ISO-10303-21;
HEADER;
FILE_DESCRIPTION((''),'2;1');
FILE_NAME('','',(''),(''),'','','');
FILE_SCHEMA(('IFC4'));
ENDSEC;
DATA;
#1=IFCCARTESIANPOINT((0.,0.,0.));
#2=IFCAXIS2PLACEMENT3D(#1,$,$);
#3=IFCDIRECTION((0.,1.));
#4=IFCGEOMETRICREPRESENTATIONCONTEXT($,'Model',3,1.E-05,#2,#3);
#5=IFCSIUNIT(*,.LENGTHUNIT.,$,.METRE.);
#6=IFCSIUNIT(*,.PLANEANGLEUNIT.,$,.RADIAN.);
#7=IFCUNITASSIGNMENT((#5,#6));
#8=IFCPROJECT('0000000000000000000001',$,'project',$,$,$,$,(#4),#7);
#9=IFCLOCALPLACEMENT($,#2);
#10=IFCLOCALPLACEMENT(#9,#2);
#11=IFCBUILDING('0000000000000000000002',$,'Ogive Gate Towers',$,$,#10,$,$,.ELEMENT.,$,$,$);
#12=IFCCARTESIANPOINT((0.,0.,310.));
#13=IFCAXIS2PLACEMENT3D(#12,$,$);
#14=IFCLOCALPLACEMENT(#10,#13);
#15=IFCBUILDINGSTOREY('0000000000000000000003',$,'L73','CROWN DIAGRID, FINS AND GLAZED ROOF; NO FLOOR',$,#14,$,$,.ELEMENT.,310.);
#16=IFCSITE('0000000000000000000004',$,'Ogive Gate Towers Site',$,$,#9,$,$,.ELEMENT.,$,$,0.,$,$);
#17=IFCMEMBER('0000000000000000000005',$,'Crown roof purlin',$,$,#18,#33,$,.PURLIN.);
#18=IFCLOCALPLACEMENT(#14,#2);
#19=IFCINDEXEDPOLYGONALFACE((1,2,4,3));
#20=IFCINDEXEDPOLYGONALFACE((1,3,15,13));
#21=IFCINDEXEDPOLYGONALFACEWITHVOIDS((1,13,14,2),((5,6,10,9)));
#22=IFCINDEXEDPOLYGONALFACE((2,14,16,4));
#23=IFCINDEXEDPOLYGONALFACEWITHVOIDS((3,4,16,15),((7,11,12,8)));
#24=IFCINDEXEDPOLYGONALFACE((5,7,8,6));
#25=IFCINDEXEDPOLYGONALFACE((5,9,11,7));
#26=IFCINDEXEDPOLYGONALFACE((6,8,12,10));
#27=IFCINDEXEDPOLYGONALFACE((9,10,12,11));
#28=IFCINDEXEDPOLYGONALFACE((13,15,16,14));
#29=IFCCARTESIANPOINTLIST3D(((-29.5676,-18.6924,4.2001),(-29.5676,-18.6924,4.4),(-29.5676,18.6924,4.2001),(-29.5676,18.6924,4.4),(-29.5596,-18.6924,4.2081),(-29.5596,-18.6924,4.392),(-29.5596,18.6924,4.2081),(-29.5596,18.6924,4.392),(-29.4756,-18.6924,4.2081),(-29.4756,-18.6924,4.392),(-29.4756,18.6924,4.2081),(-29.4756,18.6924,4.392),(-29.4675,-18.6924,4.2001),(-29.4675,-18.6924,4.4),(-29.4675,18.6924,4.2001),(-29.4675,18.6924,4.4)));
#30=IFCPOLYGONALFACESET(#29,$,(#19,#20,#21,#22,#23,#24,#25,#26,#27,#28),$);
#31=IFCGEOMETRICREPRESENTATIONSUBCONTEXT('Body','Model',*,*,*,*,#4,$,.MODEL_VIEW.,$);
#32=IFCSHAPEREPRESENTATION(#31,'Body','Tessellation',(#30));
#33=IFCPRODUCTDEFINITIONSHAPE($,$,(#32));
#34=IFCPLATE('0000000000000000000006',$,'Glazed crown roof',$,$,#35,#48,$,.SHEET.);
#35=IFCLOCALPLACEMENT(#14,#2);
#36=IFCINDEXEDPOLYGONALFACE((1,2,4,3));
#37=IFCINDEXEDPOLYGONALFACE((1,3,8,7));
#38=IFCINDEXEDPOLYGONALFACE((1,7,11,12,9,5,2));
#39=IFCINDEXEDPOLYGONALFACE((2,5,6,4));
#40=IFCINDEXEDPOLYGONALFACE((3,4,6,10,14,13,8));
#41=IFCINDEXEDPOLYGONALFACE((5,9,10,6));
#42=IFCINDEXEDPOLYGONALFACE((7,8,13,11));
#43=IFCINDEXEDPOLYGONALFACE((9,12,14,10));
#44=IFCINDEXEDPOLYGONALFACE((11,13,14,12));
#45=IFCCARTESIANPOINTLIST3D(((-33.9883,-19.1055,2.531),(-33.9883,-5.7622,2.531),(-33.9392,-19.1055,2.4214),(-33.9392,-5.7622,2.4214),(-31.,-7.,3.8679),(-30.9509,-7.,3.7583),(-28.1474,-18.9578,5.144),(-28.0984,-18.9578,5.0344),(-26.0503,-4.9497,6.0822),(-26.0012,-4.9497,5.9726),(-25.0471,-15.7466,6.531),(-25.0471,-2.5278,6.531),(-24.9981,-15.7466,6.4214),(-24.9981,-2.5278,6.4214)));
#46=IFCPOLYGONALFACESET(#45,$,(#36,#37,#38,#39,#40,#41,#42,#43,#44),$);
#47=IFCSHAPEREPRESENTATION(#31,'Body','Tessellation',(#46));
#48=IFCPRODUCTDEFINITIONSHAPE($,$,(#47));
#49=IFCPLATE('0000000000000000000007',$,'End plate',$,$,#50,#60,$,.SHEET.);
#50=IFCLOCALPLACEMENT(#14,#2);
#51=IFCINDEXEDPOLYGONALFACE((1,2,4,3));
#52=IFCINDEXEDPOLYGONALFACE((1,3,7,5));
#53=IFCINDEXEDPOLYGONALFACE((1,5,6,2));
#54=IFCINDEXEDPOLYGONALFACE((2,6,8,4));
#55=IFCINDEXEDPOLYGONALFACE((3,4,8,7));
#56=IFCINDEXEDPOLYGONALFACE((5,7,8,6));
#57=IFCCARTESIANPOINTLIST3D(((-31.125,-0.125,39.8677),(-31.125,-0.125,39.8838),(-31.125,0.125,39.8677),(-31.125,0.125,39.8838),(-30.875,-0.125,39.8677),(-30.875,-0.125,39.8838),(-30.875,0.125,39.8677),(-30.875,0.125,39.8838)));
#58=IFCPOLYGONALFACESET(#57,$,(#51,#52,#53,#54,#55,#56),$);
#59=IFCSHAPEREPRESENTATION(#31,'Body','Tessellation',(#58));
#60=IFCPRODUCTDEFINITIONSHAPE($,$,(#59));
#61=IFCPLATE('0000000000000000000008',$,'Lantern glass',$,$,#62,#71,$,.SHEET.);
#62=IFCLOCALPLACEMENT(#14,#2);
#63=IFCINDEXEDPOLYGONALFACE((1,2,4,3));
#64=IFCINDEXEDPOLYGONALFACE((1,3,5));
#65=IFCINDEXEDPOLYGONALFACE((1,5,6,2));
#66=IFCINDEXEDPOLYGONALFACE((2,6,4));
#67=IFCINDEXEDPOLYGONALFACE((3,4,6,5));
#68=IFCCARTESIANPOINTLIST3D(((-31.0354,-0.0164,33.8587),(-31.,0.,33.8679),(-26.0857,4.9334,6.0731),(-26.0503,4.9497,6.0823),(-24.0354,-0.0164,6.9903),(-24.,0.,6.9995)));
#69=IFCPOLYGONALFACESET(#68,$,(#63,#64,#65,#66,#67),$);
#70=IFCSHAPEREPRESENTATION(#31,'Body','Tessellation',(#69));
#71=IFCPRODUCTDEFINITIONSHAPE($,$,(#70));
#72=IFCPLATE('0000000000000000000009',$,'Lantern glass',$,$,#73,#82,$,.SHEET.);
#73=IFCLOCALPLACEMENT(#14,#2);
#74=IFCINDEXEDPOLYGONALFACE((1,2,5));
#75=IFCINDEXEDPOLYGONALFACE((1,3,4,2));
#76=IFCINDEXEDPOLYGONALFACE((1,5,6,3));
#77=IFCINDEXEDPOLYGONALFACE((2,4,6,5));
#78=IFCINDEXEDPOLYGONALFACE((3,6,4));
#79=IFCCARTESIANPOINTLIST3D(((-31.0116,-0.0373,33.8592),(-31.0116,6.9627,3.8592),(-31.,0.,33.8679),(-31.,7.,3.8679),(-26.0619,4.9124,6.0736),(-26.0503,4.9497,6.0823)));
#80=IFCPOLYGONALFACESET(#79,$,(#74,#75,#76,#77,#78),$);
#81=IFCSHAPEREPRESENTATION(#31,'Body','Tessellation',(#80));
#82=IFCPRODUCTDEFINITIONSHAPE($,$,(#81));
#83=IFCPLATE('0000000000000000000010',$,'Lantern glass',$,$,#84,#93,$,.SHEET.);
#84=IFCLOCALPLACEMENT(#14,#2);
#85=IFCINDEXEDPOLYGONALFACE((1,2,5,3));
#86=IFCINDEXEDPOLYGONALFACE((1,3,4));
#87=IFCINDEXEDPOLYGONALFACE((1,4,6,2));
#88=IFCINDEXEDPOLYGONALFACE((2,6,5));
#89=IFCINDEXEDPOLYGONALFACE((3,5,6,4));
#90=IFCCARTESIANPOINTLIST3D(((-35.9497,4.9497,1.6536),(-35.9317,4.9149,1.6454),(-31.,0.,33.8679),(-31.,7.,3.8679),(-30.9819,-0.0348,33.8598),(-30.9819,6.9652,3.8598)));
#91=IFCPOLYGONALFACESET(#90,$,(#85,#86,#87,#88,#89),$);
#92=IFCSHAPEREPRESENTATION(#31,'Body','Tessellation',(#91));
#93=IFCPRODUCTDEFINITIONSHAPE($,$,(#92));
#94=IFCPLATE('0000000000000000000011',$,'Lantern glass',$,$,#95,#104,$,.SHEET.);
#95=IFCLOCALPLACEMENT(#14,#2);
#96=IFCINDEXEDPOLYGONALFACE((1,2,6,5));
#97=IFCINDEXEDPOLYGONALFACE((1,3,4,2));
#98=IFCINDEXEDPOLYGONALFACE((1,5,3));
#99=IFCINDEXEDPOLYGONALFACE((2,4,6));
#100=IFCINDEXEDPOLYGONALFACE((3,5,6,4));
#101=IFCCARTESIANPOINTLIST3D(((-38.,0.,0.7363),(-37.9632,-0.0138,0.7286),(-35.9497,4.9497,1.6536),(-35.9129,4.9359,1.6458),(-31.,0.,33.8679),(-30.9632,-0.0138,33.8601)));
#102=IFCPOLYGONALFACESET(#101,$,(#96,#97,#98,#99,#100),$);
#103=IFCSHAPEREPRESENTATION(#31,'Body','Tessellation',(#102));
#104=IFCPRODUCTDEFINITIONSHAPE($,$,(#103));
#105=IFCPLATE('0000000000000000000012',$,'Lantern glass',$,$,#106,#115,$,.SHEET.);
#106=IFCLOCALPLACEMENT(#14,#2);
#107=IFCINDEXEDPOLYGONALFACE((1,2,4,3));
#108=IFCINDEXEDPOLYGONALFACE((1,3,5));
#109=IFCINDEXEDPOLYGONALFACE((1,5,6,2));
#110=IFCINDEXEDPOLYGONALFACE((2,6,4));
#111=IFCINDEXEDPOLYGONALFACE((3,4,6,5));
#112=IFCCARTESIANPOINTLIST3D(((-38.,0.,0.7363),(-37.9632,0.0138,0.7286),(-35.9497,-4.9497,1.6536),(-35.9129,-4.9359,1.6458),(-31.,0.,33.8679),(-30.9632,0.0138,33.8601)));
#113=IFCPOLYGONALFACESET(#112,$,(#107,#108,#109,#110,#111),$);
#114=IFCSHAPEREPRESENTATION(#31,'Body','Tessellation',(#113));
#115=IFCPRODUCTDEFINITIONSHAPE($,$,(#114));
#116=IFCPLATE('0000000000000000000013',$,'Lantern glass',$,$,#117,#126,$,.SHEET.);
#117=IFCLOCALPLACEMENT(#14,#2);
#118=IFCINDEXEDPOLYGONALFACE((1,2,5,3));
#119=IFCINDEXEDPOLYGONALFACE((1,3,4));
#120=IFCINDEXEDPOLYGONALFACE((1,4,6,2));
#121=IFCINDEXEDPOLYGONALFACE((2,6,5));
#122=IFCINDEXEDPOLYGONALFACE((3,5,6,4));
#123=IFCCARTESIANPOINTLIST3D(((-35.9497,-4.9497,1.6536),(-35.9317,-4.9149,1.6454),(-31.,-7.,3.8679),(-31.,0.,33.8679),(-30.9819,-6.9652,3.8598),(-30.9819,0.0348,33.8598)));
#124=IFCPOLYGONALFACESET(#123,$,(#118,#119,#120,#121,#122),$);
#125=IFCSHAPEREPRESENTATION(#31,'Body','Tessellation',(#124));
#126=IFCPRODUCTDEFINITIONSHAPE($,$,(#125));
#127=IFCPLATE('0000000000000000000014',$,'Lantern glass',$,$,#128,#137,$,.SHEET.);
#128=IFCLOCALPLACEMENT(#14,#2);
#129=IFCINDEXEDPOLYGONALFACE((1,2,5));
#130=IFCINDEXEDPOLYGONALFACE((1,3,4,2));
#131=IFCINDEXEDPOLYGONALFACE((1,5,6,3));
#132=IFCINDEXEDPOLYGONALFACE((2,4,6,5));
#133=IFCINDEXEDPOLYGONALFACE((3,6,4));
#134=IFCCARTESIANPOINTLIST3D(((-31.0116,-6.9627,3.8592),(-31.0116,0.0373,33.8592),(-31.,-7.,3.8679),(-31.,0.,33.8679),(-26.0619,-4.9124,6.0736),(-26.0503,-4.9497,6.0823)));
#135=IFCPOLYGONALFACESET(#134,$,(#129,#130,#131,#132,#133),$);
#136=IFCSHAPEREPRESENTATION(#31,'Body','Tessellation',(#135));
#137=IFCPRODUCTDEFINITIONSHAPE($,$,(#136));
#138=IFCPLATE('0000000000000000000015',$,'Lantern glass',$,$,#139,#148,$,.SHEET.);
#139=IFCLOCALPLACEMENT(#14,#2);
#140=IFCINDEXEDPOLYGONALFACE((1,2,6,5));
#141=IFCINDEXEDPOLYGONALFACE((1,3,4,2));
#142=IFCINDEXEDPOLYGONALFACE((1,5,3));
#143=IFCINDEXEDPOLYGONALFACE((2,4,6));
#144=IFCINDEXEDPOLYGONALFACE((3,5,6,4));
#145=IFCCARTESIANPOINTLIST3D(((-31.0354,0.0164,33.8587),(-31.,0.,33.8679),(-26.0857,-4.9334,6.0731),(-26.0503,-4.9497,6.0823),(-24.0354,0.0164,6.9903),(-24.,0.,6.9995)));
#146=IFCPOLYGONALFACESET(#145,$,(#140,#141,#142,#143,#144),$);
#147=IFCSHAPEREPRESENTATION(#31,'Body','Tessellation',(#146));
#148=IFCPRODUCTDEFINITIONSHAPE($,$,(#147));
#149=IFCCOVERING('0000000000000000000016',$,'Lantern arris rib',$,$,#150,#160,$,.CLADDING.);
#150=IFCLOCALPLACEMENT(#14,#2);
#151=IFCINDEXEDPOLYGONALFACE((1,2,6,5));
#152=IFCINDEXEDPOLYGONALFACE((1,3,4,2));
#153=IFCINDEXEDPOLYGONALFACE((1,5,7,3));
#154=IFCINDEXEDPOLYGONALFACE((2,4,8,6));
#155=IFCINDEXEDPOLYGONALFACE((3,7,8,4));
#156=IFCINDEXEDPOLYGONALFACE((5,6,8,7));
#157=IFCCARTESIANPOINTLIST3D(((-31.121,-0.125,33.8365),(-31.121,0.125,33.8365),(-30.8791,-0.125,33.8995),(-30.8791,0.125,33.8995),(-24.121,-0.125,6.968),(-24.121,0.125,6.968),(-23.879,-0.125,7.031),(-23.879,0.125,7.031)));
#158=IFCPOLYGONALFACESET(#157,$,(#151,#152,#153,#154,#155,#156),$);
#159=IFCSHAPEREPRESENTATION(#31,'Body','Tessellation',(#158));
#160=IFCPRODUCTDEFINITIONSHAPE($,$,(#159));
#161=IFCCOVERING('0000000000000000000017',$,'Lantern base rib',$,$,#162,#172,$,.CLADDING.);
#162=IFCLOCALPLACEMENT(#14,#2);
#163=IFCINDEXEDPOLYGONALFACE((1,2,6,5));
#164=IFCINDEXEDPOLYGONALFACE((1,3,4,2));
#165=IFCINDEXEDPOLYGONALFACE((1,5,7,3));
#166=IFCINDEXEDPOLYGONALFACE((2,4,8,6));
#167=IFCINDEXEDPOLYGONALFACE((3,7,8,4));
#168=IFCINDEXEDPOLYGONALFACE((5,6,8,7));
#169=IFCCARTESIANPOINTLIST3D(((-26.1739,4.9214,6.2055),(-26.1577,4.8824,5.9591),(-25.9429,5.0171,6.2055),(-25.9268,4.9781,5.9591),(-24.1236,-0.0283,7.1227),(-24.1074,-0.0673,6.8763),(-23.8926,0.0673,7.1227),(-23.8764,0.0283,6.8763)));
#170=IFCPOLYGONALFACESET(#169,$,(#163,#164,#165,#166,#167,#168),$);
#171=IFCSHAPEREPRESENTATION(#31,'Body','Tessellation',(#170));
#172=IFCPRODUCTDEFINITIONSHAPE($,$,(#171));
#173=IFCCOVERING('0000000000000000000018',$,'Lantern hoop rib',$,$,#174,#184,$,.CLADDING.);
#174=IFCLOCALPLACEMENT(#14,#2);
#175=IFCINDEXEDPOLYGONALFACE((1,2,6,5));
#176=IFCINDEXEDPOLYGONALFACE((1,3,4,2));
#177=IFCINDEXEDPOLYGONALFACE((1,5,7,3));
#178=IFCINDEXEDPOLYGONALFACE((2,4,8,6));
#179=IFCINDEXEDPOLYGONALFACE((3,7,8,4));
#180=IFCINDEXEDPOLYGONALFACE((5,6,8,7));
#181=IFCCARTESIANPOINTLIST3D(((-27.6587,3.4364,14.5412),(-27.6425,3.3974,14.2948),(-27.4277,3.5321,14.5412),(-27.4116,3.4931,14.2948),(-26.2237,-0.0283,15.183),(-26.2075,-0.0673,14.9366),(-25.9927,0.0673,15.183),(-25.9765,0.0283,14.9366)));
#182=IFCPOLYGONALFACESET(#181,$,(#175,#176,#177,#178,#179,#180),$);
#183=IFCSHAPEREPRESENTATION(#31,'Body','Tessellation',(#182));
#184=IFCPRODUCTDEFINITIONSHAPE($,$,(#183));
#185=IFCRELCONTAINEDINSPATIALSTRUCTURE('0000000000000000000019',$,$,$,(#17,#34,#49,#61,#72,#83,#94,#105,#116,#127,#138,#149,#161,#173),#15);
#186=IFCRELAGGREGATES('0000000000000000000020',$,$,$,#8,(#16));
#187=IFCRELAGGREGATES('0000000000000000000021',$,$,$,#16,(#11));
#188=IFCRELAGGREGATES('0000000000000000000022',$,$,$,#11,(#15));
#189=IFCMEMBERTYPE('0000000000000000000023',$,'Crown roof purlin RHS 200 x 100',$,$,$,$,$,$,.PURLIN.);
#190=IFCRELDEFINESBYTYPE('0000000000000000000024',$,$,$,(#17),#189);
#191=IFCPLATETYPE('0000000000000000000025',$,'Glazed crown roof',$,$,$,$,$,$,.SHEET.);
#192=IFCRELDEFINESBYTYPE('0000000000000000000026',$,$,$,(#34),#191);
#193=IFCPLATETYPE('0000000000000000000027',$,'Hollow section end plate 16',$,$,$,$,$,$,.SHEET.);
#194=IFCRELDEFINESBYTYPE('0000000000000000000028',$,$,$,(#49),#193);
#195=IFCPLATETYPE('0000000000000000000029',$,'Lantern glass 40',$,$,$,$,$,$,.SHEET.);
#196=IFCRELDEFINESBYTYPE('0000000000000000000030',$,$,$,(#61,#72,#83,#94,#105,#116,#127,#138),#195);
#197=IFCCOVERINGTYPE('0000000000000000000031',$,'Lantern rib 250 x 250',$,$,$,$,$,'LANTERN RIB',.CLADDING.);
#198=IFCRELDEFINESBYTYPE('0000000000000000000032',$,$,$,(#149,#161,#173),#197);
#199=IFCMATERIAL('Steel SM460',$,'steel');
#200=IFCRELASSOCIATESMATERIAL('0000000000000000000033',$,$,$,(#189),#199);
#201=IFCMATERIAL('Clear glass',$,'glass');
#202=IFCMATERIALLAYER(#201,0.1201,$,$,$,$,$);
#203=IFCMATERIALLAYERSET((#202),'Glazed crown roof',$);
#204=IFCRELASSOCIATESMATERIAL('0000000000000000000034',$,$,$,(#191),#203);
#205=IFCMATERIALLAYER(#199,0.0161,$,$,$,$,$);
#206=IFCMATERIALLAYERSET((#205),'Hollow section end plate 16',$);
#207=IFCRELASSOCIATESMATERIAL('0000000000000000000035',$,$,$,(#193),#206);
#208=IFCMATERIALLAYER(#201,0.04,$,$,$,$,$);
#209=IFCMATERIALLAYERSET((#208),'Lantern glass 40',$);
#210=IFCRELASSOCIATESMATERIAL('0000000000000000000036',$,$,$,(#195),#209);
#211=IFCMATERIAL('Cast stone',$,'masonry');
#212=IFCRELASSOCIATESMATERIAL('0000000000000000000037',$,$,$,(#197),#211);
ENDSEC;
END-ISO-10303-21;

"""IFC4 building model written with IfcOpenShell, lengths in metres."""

from ifc_helpers import new_model, si_unit, direction, frame, origin, origin_2d, place, context, subcontext, project, spatial, polyline, rectangle, hollow_rectangle, outline, extrude, material, layer, layer_set, material_profile, profile_set, type_object, element, save


model = new_model("IFC4")

# Units and contexts
model_context = context("Model", 3, precision=1e-05, world=origin(), true_north=direction((0.0, 1.0)))
body_context = subcontext(model_context, "Body", "Model", "MODEL_VIEW")
ifc_project = project(units=[si_unit("LENGTHUNIT", "METRE"), si_unit("PLANEANGLEUNIT", "RADIAN")], contexts=[model_context])

# Site, building, storey
site_placement = place(None, origin())
site = spatial("IfcSite", under=ifc_project, at=site_placement, Name="Ogive Gate Towers Site", CompositionType="ELEMENT", RefElevation=0.0)
building_placement = place(site_placement, origin())
building = spatial("IfcBuilding", under=site, at=building_placement, Name="Ogive Gate Towers", CompositionType="ELEMENT")
storey_placement = place(building_placement, frame((0.0, 0.0, 310.0)))
storey = spatial("IfcBuildingStorey", under=building, at=storey_placement, Name="L73", Description="CROWN DIAGRID, FINS AND GLAZED ROOF; NO FLOOR", CompositionType="ELEMENT", Elevation=310.0)

# Member
ifc_material_1 = material(Name="Steel SM460", Category="steel")
ifc_material_profile_1 = material_profile(ifc_material_1, hollow_rectangle(XDim=0.1001, YDim=0.2, WallThickness=0.0081, at=origin_2d()), Name="RHS 200x100x8")
ifc_profile_set_1 = profile_set([ifc_material_profile_1], Name="Steel SM460")
member_type = type_object("IfcMemberType", Name="Crown roof purlin RHS 200 x 100", PredefinedType="PURLIN", material=ifc_profile_set_1)
member_placement = place(storey_placement, frame((-29.5176, -18.6924, 4.3), z_axis=(0.0, 1.0, 0.0), x_axis=(-1.0, 0.0, 0.0)))
element("IfcMember", 1, at=member_placement, inside=storey, type_object=member_type, Name="Crown roof purlin", PredefinedType="PURLIN", context=body_context, shape_type="SweptSolid", body=[
    extrude(hollow_rectangle(XDim=0.1001, YDim=0.2, WallThickness=0.0081, at=origin_2d()), origin(), (0.0, 0.0, 1.0), 37.3848),
])

# Plates
ifc_material_2 = material(Name="Clear glass", Category="glass")
ifc_layer_1 = layer(ifc_material_2, 0.1201)
ifc_layer_set_1 = layer_set([ifc_layer_1], Name="Glazed crown roof")
plate_type_1 = type_object("IfcPlateType", Name="Glazed crown roof", PredefinedType="SHEET", material=ifc_layer_set_1)
plate_1_placement = place(storey_placement, frame((-25.0471, -15.7466, 6.531), z_axis=(-0.408366, -0.000002, 0.912818), x_axis=(-0.663295, -0.687012, -0.296739)))
element("IfcPlate", 2, at=plate_1_placement, inside=storey, type_object=plate_type_1, Name="Glazed crown roof", PredefinedType="SHEET", context=body_context, shape_type="SweptSolid", body=[
    extrude(outline(polyline([(0.0, 0.0), (4.6741, 0.0), (9.4252, -4.2886), (0.2582, -13.9845), (-1.2702, -10.836), (-6.619, -8.6005), (-9.0814, -9.6054), (0.0, 0.0)])), origin(), (0.0, 0.0, -1.0), 0.1201),
])
ifc_layer_2 = layer(ifc_material_1, 0.0161)
ifc_layer_set_2 = layer_set([ifc_layer_2], Name="Hollow section end plate 16")
plate_type_2 = type_object("IfcPlateType", Name="Hollow section end plate 16", PredefinedType="SHEET", material=ifc_layer_set_2)
plate_2_placement = place(storey_placement, frame((-31.125, -0.125, 39.8838), z_axis=(0.0, 0.0, 1.0), x_axis=(1.0, 0.0, 0.0)))
element("IfcPlate", 3, at=plate_2_placement, inside=storey, type_object=plate_type_2, Name="End plate", PredefinedType="SHEET", context=body_context, shape_type="SweptSolid", body=[
    extrude(outline(polyline([(0.0, 0.0), (0.25, 0.0), (0.25, 0.25), (0.0, 0.25), (0.0, 0.0)])), origin(), (0.0, 0.0, -1.0), 0.0161),
])
ifc_layer_3 = layer(ifc_material_2, 0.04)
ifc_layer_set_3 = layer_set([ifc_layer_3], Name="Lantern glass 40")
plate_type_3 = type_object("IfcPlateType", Name="Lantern glass 40", PredefinedType="SHEET", material=ifc_layer_set_3)
plate_3_placement = place(storey_placement, frame((-31.0, 0.0, 33.8679), z_axis=(0.883268, 0.408515, 0.230117), x_axis=(0.252113, 0.0, -0.967698)))
element("IfcPlate", 4, at=plate_3_placement, inside=storey, type_object=plate_type_3, Name="Lantern glass", PredefinedType="SHEET", context=body_context, shape_type="SweptSolid", body=[
    extrude(outline(polyline([(0.0, 0.0), (27.7653, 0.0), (28.136, 5.4228), (0.0, 0.0)])), origin(), (0.0, 0.0, -1.0), 0.04),
])
plate_4_placement = place(storey_placement, frame((-31.0, 0.0, 33.8679), z_axis=(0.28887, 0.932325, 0.217542), x_axis=(0.172742, 0.172742, -0.969701)))
element("IfcPlate", 5, at=plate_4_placement, inside=storey, type_object=plate_type_3, Name="Lantern glass", PredefinedType="SHEET", context=body_context, shape_type="SweptSolid", body=[
    extrude(outline(polyline([(0.0, 0.0), (28.6538, 0.0), (30.3002, 5.5584), (0.0, 0.0)])), origin(), (0.0, 0.0, -1.0), 0.04),
])
plate_5_placement = place(storey_placement, frame((-31.0, 0.0, 33.8679), z_axis=(-0.450813, 0.869269, 0.202829), x_axis=(0.0, 0.22723, -0.973841)))
element("IfcPlate", 6, at=plate_5_placement, inside=storey, type_object=plate_type_3, Name="Lantern glass", PredefinedType="SHEET", context=body_context, shape_type="SweptSolid", body=[
    extrude(outline(polyline([(0.0, 0.0), (30.8058, 0.0), (32.4964, 5.5452), (0.0, 0.0)])), origin(), (0.0, 0.0, -1.0), 0.04),
])
plate_6_placement = place(storey_placement, frame((-31.0, 0.0, 33.8679), z_axis=(-0.918507, 0.344507, 0.194061), x_axis=(-0.150145, 0.150145, -0.977196)))
element("IfcPlate", 7, at=plate_6_placement, inside=storey, type_object=plate_type_3, Name="Lantern glass", PredefinedType="SHEET", context=body_context, shape_type="SweptSolid", body=[
    extrude(outline(polyline([(0.0, 0.0), (32.9661, 0.0), (33.4271, 5.4159), (0.0, 0.0)])), origin(), (0.0, 0.0, -1.0), 0.04),
])
plate_7_placement = place(storey_placement, frame((-31.0, 0.0, 33.8679), z_axis=(-0.918507, -0.344507, 0.194061), x_axis=(-0.206715, 0.0, -0.978401)))
element("IfcPlate", 8, at=plate_7_placement, inside=storey, type_object=plate_type_3, Name="Lantern glass", PredefinedType="SHEET", context=body_context, shape_type="SweptSolid", body=[
    extrude(outline(polyline([(0.0, 0.0), (33.863, 0.0), (32.5417, 5.2725), (0.0, 0.0)])), origin(), (0.0, 0.0, -1.0), 0.04),
])
plate_8_placement = place(storey_placement, frame((-31.0, 0.0, 33.8679), z_axis=(-0.450813, -0.869269, 0.202829), x_axis=(-0.150145, -0.150145, -0.977196)))
element("IfcPlate", 9, at=plate_8_placement, inside=storey, type_object=plate_type_3, Name="Lantern glass", PredefinedType="SHEET", context=body_context, shape_type="SweptSolid", body=[
    extrude(outline(polyline([(0.0, 0.0), (32.9661, 0.0), (30.3669, 5.1818), (0.0, 0.0)])), origin(), (0.0, 0.0, -1.0), 0.04),
])
plate_9_placement = place(storey_placement, frame((-31.0, 0.0, 33.8679), z_axis=(0.28887, -0.932325, 0.217542), x_axis=(0.0, -0.22723, -0.973841)))
element("IfcPlate", 10, at=plate_9_placement, inside=storey, type_object=plate_type_3, Name="Lantern glass", PredefinedType="SHEET", context=body_context, shape_type="SweptSolid", body=[
    extrude(outline(polyline([(0.0, 0.0), (30.8058, 0.0), (28.1835, 5.1701), (0.0, 0.0)])), origin(), (0.0, 0.0, -1.0), 0.04),
])
plate_10_placement = place(storey_placement, frame((-31.0, 0.0, 33.8679), z_axis=(0.883268, -0.408515, 0.230117), x_axis=(0.172742, -0.172742, -0.969701)))
element("IfcPlate", 11, at=plate_10_placement, inside=storey, type_object=plate_type_3, Name="Lantern glass", PredefinedType="SHEET", context=body_context, shape_type="SweptSolid", body=[
    extrude(outline(polyline([(0.0, 0.0), (28.6538, 0.0), (27.2635, 5.2547), (0.0, 0.0)])), origin(), (0.0, 0.0, -1.0), 0.04),
])

# Coverings
ifc_material_3 = material(Name="Cast stone", Category="masonry")
ifc_material_profile_2 = material_profile(ifc_material_3, rectangle(XDim=0.25, YDim=0.25, at=origin_2d()), Name="250 x 250 cast stone")
ifc_profile_set_2 = profile_set([ifc_material_profile_2], Name="Cast stone")
covering_type = type_object("IfcCoveringType", Name="Lantern rib 250 x 250", ElementType="LANTERN RIB", PredefinedType="CLADDING", material=ifc_profile_set_2)
covering_1_placement = place(storey_placement, frame((-24.0, 0.0, 6.9995), z_axis=(-0.252113, 0.0, 0.967698), x_axis=(0.0, -1.0, 0.0)))
element("IfcCovering", 12, at=covering_1_placement, inside=storey, type_object=covering_type, Name="Lantern arris rib", PredefinedType="CLADDING", context=body_context, shape_type="SweptSolid", body=[
    extrude(rectangle(XDim=0.25, YDim=0.25, at=origin_2d()), origin(), (0.0, 0.0, 1.0), 27.7654),
])
covering_2_placement = place(storey_placement, frame((-24.0, 0.0, 6.9995), z_axis=(-0.377204, 0.910626, -0.168749), x_axis=(-0.923876, -0.382693, 0.0)))
element("IfcCovering", 13, at=covering_2_placement, inside=storey, type_object=covering_type, Name="Lantern base rib", PredefinedType="CLADDING", context=body_context, shape_type="SweptSolid", body=[
    extrude(rectangle(XDim=0.25, YDim=0.25, at=origin_2d()), origin(), (0.0, 0.0, 1.0), 5.4355),
])
covering_3_placement = place(storey_placement, frame((-26.1001, 0.0, 15.0598), z_axis=(-0.377171, 0.910651, -0.168694), x_axis=(-0.923891, -0.382655, 0.0)))
element("IfcCovering", 14, at=covering_3_placement, inside=storey, type_object=covering_type, Name="Lantern hoop rib", PredefinedType="CLADDING", context=body_context, shape_type="SweptSolid", body=[
    extrude(rectangle(XDim=0.25, YDim=0.25, at=origin_2d()), origin(), (0.0, 0.0, 1.0), 3.8047),
])

save(model, "model.ifc")
